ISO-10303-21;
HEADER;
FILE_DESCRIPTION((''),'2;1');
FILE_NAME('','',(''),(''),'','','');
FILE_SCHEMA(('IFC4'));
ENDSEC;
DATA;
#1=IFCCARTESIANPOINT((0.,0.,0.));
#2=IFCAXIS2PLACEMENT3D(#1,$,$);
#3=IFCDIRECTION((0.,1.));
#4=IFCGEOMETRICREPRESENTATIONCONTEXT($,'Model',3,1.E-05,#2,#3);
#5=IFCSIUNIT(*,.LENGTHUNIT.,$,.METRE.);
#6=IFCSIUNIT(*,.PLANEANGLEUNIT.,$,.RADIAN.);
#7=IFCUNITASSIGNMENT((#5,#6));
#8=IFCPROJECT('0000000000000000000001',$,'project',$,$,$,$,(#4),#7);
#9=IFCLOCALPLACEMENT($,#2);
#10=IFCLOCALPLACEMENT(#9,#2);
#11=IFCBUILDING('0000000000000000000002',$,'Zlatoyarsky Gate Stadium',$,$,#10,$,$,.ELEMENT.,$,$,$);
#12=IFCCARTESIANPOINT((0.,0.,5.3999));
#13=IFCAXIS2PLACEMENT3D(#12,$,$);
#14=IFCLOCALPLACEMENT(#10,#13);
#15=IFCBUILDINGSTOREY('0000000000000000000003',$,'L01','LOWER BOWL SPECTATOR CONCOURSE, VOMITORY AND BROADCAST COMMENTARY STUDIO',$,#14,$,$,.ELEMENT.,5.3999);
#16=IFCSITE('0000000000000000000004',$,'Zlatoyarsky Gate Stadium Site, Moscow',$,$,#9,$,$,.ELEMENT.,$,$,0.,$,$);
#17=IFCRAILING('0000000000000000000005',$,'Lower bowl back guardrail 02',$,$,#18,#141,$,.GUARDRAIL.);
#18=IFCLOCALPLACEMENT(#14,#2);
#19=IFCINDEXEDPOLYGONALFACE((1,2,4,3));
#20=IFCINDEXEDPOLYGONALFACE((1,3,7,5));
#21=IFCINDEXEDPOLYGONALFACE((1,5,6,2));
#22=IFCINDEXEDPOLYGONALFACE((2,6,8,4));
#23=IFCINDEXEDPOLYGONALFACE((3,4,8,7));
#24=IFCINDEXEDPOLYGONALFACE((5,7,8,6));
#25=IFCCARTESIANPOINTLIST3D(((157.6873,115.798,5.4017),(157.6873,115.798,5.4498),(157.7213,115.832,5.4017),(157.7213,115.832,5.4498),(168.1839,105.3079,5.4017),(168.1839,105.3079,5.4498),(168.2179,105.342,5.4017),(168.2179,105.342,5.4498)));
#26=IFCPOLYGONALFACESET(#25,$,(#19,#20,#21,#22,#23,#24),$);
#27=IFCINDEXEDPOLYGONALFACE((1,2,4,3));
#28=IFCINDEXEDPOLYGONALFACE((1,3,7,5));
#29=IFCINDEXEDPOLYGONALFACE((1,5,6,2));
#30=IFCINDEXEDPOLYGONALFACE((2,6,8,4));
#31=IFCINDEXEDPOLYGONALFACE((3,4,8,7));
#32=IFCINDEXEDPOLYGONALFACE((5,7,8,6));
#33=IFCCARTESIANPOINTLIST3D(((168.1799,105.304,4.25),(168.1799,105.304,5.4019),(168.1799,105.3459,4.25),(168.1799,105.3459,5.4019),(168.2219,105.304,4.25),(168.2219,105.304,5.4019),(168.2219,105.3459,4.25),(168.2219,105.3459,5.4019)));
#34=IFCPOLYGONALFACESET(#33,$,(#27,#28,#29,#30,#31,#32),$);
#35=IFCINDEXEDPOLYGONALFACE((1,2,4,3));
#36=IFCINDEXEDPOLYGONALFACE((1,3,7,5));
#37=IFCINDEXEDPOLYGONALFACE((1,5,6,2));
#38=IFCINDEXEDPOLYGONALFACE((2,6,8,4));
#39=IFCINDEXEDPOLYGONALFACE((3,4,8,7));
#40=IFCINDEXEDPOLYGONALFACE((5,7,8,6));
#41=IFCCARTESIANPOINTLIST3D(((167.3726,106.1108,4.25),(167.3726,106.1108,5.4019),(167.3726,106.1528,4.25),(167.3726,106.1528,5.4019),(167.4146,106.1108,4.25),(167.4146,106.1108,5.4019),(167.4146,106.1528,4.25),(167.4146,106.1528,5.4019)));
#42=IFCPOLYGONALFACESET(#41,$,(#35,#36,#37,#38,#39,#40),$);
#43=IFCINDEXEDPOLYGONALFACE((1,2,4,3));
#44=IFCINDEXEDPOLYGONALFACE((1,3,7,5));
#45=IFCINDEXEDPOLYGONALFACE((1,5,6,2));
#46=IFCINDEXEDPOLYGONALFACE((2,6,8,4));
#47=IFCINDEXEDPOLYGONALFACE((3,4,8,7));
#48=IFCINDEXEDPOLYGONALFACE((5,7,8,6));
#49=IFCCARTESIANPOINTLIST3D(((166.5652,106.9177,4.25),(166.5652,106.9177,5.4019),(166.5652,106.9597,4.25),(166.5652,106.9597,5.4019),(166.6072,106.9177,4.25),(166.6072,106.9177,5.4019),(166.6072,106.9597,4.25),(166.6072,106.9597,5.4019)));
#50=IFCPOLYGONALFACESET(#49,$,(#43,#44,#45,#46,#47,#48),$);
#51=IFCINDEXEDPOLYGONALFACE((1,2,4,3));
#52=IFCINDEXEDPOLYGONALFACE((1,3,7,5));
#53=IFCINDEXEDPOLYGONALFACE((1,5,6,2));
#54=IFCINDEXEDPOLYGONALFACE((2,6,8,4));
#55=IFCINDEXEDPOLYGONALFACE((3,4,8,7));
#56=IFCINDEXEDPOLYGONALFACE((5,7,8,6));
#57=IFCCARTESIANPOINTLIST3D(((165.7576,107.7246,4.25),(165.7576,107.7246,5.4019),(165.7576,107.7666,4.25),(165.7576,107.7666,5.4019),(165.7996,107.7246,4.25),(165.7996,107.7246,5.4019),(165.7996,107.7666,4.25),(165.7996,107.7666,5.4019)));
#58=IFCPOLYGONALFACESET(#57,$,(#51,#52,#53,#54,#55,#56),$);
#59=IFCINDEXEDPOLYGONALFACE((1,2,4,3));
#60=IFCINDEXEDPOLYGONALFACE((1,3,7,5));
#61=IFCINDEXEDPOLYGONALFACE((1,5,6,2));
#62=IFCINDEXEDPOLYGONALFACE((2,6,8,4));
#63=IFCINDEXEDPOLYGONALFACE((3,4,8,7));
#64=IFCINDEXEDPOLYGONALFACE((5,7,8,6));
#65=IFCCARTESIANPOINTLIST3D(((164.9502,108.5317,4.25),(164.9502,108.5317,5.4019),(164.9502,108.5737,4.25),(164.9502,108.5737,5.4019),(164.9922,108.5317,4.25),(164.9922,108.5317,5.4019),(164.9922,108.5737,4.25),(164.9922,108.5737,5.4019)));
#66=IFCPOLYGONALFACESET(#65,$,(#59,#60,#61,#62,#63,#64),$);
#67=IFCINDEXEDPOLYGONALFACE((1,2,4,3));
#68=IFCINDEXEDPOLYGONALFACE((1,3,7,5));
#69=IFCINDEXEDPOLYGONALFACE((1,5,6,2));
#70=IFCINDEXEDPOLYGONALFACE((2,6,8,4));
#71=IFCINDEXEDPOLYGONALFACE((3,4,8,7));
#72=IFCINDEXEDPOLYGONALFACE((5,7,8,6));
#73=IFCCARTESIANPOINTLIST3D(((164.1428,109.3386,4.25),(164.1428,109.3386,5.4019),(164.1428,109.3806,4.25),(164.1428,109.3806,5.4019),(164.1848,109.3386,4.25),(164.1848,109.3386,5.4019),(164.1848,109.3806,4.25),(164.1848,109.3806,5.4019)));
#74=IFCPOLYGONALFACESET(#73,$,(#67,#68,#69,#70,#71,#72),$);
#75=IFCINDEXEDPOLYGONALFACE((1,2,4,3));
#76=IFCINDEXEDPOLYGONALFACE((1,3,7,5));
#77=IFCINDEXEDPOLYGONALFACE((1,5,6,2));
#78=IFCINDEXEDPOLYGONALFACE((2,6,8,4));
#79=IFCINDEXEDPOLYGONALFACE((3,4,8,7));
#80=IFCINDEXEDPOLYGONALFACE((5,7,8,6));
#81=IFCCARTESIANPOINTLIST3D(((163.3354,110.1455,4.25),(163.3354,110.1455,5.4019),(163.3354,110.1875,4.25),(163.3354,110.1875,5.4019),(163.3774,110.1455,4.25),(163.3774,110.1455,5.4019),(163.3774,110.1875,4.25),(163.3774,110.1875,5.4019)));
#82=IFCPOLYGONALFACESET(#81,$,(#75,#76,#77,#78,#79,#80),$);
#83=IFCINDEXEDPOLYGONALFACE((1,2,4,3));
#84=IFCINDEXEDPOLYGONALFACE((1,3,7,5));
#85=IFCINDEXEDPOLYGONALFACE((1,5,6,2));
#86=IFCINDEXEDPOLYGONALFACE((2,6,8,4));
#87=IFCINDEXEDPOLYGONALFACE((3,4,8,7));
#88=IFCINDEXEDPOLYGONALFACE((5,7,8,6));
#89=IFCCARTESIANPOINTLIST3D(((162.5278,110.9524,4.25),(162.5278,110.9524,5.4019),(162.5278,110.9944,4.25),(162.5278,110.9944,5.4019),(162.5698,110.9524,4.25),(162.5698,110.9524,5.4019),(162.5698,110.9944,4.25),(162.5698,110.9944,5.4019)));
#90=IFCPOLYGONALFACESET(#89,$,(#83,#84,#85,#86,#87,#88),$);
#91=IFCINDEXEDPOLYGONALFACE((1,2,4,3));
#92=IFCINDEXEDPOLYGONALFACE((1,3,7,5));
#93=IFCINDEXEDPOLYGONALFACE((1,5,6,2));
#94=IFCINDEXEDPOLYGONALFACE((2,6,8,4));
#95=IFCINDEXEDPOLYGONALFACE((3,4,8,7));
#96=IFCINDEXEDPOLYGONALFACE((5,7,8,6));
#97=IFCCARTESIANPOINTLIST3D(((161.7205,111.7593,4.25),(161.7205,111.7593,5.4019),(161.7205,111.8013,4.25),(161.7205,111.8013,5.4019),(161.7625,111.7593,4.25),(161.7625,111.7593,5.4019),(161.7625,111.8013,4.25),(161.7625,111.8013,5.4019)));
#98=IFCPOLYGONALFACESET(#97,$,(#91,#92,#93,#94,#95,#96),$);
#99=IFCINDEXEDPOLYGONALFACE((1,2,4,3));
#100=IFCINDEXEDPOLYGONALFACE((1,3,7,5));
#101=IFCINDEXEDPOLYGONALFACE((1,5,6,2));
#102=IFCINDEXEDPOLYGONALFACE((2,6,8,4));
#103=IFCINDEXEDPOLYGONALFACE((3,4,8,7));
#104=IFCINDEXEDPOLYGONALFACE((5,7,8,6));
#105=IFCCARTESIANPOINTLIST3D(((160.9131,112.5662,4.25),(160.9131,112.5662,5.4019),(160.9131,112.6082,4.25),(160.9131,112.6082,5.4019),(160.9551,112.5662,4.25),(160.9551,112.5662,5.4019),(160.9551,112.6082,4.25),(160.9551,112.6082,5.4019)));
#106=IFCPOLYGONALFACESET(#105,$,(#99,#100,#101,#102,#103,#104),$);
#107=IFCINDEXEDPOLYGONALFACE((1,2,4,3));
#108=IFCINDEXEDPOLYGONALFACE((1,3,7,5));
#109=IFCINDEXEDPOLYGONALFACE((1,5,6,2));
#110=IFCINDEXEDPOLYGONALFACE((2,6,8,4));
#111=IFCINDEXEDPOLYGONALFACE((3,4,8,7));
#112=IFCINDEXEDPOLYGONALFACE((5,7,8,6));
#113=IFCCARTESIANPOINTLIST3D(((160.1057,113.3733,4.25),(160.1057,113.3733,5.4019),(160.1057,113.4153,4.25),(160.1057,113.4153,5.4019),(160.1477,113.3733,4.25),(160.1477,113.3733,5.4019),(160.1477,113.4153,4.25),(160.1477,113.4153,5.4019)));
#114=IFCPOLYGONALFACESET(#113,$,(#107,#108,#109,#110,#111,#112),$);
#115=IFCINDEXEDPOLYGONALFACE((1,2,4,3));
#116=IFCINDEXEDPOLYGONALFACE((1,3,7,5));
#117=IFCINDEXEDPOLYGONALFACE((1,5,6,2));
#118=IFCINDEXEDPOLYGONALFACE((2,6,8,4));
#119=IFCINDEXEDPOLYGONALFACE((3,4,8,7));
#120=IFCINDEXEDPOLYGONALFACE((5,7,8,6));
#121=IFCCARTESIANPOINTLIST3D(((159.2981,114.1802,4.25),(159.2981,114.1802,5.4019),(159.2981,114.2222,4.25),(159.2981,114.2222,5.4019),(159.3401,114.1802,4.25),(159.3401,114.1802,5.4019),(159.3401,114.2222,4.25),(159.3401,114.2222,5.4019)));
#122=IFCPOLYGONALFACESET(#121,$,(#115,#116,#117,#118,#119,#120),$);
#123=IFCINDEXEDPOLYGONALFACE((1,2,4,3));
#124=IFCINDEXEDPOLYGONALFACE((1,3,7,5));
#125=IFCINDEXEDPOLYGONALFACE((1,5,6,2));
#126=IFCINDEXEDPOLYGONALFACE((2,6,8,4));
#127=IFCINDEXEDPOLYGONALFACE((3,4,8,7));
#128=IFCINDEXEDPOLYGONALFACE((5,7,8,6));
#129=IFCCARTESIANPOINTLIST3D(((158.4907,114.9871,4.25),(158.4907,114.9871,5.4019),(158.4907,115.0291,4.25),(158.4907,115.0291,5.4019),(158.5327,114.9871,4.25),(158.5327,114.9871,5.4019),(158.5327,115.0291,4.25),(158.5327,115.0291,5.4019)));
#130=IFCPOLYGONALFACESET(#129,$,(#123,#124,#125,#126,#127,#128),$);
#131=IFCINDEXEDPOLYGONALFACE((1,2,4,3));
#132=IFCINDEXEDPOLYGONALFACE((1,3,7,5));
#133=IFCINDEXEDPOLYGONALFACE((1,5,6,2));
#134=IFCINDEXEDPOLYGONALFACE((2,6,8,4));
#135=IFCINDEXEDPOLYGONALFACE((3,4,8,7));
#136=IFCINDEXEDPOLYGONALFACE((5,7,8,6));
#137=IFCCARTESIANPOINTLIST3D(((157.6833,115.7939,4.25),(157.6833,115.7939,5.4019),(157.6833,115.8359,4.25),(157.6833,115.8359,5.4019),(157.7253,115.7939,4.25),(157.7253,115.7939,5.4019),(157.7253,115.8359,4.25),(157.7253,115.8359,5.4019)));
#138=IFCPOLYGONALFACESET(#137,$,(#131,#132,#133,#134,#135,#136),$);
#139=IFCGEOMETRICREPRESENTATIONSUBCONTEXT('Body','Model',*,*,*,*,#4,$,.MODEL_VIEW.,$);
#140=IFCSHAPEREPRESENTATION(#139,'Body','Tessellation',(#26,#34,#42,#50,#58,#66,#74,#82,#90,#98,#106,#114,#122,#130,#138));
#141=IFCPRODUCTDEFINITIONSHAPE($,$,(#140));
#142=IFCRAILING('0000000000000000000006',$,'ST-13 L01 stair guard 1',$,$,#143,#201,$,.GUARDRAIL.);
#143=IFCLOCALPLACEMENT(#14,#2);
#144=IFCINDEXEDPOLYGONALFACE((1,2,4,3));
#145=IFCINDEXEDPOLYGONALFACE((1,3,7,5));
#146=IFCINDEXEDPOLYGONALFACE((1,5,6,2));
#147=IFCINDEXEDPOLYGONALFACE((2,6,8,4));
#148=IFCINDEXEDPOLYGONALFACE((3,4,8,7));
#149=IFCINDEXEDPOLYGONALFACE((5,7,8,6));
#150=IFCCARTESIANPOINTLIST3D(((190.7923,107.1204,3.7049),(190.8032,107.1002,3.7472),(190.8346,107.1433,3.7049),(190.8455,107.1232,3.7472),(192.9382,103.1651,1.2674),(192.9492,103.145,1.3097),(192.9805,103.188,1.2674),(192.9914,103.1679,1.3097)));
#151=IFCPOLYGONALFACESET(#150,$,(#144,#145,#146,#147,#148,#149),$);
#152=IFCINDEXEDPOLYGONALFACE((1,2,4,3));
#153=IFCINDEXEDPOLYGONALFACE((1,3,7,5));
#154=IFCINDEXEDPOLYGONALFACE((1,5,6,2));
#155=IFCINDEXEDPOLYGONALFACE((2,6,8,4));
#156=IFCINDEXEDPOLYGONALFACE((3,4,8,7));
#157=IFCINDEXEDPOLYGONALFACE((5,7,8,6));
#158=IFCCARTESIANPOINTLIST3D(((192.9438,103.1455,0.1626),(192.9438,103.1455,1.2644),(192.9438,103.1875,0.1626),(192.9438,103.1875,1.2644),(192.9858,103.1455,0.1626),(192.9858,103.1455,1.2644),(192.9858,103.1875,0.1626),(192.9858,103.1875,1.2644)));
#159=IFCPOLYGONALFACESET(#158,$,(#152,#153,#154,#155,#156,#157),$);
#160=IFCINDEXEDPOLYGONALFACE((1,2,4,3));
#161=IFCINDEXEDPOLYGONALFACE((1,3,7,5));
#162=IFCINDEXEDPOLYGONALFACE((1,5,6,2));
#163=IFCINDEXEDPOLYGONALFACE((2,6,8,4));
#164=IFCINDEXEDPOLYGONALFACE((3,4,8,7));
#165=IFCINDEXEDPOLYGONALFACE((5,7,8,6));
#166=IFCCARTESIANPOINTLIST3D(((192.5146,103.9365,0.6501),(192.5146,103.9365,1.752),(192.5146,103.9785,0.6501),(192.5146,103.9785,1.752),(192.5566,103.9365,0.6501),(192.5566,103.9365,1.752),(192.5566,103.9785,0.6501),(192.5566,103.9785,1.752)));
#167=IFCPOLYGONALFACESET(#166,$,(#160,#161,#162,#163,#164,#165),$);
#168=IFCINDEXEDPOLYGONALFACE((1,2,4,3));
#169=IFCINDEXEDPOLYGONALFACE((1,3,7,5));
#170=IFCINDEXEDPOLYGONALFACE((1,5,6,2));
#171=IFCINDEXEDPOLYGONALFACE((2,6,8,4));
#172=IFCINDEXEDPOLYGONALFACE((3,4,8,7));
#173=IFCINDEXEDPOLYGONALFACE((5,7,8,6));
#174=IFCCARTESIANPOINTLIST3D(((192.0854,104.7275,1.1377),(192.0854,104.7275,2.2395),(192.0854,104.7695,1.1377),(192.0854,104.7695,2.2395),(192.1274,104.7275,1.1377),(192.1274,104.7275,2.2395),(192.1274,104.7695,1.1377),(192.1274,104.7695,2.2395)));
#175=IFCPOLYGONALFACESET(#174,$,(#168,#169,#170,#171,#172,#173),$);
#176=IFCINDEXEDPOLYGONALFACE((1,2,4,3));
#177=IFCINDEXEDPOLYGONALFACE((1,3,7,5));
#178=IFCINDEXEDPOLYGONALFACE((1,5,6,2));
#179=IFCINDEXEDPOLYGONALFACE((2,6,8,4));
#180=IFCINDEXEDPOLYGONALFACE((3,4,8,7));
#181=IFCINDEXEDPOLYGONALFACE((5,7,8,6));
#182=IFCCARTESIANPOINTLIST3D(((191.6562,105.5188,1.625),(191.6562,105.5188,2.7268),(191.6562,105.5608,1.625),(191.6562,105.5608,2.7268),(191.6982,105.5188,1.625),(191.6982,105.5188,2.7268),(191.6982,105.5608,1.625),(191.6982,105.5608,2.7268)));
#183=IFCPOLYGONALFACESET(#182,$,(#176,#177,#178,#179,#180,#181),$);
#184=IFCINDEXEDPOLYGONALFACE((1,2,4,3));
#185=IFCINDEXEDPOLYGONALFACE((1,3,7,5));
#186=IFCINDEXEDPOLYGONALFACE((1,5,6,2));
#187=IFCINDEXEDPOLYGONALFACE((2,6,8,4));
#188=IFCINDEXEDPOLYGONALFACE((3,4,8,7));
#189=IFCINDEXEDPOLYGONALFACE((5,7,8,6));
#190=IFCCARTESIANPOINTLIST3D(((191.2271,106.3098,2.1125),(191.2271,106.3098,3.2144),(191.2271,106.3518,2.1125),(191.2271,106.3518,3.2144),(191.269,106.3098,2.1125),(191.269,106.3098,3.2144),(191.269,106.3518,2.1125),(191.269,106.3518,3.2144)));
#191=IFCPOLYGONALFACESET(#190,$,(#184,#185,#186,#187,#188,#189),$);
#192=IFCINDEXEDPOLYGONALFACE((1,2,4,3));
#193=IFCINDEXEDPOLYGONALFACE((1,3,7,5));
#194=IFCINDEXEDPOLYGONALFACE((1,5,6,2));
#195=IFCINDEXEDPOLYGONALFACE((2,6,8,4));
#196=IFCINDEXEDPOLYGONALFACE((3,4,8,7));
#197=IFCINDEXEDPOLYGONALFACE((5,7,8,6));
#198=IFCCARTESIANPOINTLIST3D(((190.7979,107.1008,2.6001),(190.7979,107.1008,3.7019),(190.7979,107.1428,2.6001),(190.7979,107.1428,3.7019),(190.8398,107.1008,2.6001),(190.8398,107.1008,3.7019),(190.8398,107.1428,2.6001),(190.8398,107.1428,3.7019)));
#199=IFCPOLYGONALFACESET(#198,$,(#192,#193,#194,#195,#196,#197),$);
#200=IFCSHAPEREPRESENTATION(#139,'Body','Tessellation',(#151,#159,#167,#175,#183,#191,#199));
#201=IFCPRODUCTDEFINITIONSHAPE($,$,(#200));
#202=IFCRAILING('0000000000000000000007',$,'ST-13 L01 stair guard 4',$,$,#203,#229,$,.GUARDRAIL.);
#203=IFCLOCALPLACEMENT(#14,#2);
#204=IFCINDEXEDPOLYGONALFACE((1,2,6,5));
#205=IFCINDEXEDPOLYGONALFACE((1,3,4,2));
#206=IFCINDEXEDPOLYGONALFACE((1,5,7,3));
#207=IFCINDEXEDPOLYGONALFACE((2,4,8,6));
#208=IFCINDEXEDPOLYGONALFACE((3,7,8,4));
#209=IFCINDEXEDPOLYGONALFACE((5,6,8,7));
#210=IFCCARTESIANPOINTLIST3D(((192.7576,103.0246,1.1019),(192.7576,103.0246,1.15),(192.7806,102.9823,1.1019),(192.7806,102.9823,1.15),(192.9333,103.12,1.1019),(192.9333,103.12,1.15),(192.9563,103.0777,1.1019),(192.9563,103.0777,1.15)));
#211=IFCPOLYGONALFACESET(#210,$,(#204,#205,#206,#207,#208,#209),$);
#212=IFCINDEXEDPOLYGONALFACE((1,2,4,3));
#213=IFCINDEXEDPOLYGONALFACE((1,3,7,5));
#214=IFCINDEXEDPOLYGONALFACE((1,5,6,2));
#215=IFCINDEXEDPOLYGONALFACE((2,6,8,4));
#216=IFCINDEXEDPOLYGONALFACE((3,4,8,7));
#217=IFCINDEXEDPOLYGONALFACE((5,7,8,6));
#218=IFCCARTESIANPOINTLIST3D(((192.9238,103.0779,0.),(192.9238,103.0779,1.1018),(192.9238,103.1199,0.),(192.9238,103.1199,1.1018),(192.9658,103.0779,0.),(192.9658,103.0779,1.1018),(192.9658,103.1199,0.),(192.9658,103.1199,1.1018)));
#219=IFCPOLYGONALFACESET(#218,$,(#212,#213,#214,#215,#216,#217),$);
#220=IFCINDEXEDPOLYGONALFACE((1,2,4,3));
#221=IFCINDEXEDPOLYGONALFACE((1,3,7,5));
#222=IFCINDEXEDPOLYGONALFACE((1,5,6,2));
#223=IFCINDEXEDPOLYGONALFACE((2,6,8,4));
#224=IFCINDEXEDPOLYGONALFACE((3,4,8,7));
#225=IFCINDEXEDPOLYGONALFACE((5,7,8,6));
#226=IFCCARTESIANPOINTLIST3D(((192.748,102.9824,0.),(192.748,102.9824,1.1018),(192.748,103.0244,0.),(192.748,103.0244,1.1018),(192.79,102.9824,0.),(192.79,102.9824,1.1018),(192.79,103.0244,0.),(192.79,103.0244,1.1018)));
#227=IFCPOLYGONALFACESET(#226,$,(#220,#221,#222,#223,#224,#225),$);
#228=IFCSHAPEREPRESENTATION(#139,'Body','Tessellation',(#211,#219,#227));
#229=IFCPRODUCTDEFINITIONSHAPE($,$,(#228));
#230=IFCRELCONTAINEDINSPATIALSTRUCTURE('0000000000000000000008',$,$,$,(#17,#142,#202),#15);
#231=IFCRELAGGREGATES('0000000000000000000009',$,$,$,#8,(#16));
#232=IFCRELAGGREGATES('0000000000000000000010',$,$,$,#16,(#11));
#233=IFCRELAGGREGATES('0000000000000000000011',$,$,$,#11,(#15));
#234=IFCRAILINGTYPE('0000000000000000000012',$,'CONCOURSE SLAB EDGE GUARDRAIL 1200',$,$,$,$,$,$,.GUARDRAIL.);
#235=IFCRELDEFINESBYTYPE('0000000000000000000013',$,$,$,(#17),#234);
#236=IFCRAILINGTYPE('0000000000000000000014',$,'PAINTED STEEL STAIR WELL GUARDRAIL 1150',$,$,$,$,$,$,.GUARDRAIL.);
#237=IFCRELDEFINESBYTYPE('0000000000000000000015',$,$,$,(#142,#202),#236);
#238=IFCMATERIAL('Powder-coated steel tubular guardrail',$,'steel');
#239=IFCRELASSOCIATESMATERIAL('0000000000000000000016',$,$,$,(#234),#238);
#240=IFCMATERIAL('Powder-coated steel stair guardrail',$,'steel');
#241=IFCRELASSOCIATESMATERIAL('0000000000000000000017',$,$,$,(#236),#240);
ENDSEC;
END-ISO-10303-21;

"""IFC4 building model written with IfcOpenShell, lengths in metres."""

from ifc_helpers import new_model, si_unit, direction, frame, origin, origin_2d, place, context, subcontext, project, spatial, rectangle, extrude, material, type_object, element, save


model = new_model("IFC4")

# Units and contexts
model_context = context("Model", 3, precision=1e-05, world=origin(), true_north=direction((0.0, 1.0)))
body_context = subcontext(model_context, "Body", "Model", "MODEL_VIEW")
ifc_project = project(units=[si_unit("LENGTHUNIT", "METRE"), si_unit("PLANEANGLEUNIT", "RADIAN")], contexts=[model_context])

# Site, building, storey
site_placement = place(None, origin())
site = spatial("IfcSite", under=ifc_project, at=site_placement, Name="Zlatoyarsky Gate Stadium Site, Moscow", CompositionType="ELEMENT", RefElevation=0.0)
building_placement = place(site_placement, origin())
building = spatial("IfcBuilding", under=site, at=building_placement, Name="Zlatoyarsky Gate Stadium", CompositionType="ELEMENT")
storey_placement = place(building_placement, frame((0.0, 0.0, 5.3999)))
storey = spatial("IfcBuildingStorey", under=building, at=storey_placement, Name="L01", Description="LOWER BOWL SPECTATOR CONCOURSE, VOMITORY AND BROADCAST COMMENTARY STUDIO", CompositionType="ELEMENT", Elevation=5.3999)

# Railings
ifc_material_1 = material(Name="Powder-coated steel tubular guardrail", Category="steel")
railing_type_1 = type_object("IfcRailingType", Name="CONCOURSE SLAB EDGE GUARDRAIL 1200", PredefinedType="GUARDRAIL", material=ifc_material_1)
railing_1_placement = place(storey_placement, frame((168.2009, 105.325, 4.25)))
element("IfcRailing", 1, at=railing_1_placement, inside=storey, type_object=railing_type_1, Name="Lower bowl back guardrail 02", PredefinedType="GUARDRAIL", context=body_context, shape_type="SweptSolid", body=[
    extrude(rectangle(XDim=0.0481, YDim=0.0481, at=origin_2d()), frame((0.0, 0.0, 1.1758), z_axis=(-0.707329, 0.706885, 0.0), x_axis=(-0.706885, -0.707329, 0.0)), (0.0, 0.0, 1.0), 14.8398),
    extrude(rectangle(XDim=0.042, YDim=0.042, at=origin_2d()), origin(), (0.0, 0.0, 1.0), 1.1519),
    extrude(rectangle(XDim=0.042, YDim=0.042, at=origin_2d()), frame((-0.8074, 0.8069, 0.0)), (0.0, 0.0, 1.0), 1.1519),
    extrude(rectangle(XDim=0.042, YDim=0.042, at=origin_2d()), frame((-1.6147, 1.6138, 0.0)), (0.0, 0.0, 1.0), 1.1519),
    extrude(rectangle(XDim=0.042, YDim=0.042, at=origin_2d()), frame((-2.4224, 2.4207, 0.0)), (0.0, 0.0, 1.0), 1.1519),
    extrude(rectangle(XDim=0.042, YDim=0.042, at=origin_2d()), frame((-3.2297, 3.2278, 0.0)), (0.0, 0.0, 1.0), 1.1519),
    extrude(rectangle(XDim=0.042, YDim=0.042, at=origin_2d()), frame((-4.0371, 4.0347, 0.0)), (0.0, 0.0, 1.0), 1.1519),
    extrude(rectangle(XDim=0.042, YDim=0.042, at=origin_2d()), frame((-4.8445, 4.8416, 0.0)), (0.0, 0.0, 1.0), 1.1519),
    extrude(rectangle(XDim=0.042, YDim=0.042, at=origin_2d()), frame((-5.6521, 5.6484, 0.0)), (0.0, 0.0, 1.0), 1.1519),
    extrude(rectangle(XDim=0.042, YDim=0.042, at=origin_2d()), frame((-6.4595, 6.4553, 0.0)), (0.0, 0.0, 1.0), 1.1519),
    extrude(rectangle(XDim=0.042, YDim=0.042, at=origin_2d()), frame((-7.2668, 7.2622, 0.0)), (0.0, 0.0, 1.0), 1.1519),
    extrude(rectangle(XDim=0.042, YDim=0.042, at=origin_2d()), frame((-8.0742, 8.0693, 0.0)), (0.0, 0.0, 1.0), 1.1519),
    extrude(rectangle(XDim=0.042, YDim=0.042, at=origin_2d()), frame((-8.8818, 8.8762, 0.0)), (0.0, 0.0, 1.0), 1.1519),
    extrude(rectangle(XDim=0.042, YDim=0.042, at=origin_2d()), frame((-9.6892, 9.6831, 0.0)), (0.0, 0.0, 1.0), 1.1519),
    extrude(rectangle(XDim=0.042, YDim=0.042, at=origin_2d()), frame((-10.4966, 10.49, 0.0)), (0.0, 0.0, 1.0), 1.1519),
])
ifc_material_2 = material(Name="Powder-coated steel stair guardrail", Category="steel")
railing_type_2 = type_object("IfcRailingType", Name="PAINTED STEEL STAIR WELL GUARDRAIL 1150", PredefinedType="GUARDRAIL", material=ifc_material_2)
railing_2_placement = place(storey_placement, frame((192.9648, 103.1665, 0.1626)))
element("IfcRailing", 2, at=railing_2_placement, inside=storey, type_object=railing_type_2, Name="ST-13 L01 stair guard 1", PredefinedType="GUARDRAIL", context=body_context, shape_type="SweptSolid", body=[
    extrude(rectangle(XDim=0.0481, YDim=0.0481, at=origin_2d()), frame((0.0, 0.0, 1.126), z_axis=(-0.419325, 0.772865, 0.476284), x_axis=(-0.878963, -0.47689, 0.0)), (0.0, 0.0, 1.0), 5.1177),
    extrude(rectangle(XDim=0.042, YDim=0.042, at=origin_2d()), origin(), (0.0, 0.0, 1.0), 1.1018),
    extrude(rectangle(XDim=0.042, YDim=0.042, at=origin_2d()), frame((-0.4292, 0.791, 0.4875)), (0.0, 0.0, 1.0), 1.1018),
    extrude(rectangle(XDim=0.042, YDim=0.042, at=origin_2d()), frame((-0.8584, 1.582, 0.9751)), (0.0, 0.0, 1.0), 1.1018),
    extrude(rectangle(XDim=0.042, YDim=0.042, at=origin_2d()), frame((-1.2876, 2.3733, 1.4624)), (0.0, 0.0, 1.0), 1.1018),
    extrude(rectangle(XDim=0.042, YDim=0.042, at=origin_2d()), frame((-1.7168, 3.1643, 1.95)), (0.0, 0.0, 1.0), 1.1018),
    extrude(rectangle(XDim=0.042, YDim=0.042, at=origin_2d()), frame((-2.146, 3.9553, 2.4375)), (0.0, 0.0, 1.0), 1.1018),
])
railing_3_placement = place(storey_placement, frame((192.9448, 103.0989, 0.0)))
element("IfcRailing", 3, at=railing_3_placement, inside=storey, type_object=railing_type_2, Name="ST-13 L01 stair guard 4", PredefinedType="GUARDRAIL", context=body_context, shape_type="SweptSolid", body=[
    extrude(rectangle(XDim=0.0481, YDim=0.0481, at=origin_2d()), frame((0.0, 0.0, 1.126), z_axis=(-0.87878, -0.477227, 0.0), x_axis=(0.477227, -0.87878, 0.0)), (0.0, 0.0, 1.0), 0.2),
    extrude(rectangle(XDim=0.042, YDim=0.042, at=origin_2d()), origin(), (0.0, 0.0, 1.0), 1.1018),
    extrude(rectangle(XDim=0.042, YDim=0.042, at=origin_2d()), frame((-0.1758, -0.0955, 0.0)), (0.0, 0.0, 1.0), 1.1018),
])

save(model, "model.ifc")
